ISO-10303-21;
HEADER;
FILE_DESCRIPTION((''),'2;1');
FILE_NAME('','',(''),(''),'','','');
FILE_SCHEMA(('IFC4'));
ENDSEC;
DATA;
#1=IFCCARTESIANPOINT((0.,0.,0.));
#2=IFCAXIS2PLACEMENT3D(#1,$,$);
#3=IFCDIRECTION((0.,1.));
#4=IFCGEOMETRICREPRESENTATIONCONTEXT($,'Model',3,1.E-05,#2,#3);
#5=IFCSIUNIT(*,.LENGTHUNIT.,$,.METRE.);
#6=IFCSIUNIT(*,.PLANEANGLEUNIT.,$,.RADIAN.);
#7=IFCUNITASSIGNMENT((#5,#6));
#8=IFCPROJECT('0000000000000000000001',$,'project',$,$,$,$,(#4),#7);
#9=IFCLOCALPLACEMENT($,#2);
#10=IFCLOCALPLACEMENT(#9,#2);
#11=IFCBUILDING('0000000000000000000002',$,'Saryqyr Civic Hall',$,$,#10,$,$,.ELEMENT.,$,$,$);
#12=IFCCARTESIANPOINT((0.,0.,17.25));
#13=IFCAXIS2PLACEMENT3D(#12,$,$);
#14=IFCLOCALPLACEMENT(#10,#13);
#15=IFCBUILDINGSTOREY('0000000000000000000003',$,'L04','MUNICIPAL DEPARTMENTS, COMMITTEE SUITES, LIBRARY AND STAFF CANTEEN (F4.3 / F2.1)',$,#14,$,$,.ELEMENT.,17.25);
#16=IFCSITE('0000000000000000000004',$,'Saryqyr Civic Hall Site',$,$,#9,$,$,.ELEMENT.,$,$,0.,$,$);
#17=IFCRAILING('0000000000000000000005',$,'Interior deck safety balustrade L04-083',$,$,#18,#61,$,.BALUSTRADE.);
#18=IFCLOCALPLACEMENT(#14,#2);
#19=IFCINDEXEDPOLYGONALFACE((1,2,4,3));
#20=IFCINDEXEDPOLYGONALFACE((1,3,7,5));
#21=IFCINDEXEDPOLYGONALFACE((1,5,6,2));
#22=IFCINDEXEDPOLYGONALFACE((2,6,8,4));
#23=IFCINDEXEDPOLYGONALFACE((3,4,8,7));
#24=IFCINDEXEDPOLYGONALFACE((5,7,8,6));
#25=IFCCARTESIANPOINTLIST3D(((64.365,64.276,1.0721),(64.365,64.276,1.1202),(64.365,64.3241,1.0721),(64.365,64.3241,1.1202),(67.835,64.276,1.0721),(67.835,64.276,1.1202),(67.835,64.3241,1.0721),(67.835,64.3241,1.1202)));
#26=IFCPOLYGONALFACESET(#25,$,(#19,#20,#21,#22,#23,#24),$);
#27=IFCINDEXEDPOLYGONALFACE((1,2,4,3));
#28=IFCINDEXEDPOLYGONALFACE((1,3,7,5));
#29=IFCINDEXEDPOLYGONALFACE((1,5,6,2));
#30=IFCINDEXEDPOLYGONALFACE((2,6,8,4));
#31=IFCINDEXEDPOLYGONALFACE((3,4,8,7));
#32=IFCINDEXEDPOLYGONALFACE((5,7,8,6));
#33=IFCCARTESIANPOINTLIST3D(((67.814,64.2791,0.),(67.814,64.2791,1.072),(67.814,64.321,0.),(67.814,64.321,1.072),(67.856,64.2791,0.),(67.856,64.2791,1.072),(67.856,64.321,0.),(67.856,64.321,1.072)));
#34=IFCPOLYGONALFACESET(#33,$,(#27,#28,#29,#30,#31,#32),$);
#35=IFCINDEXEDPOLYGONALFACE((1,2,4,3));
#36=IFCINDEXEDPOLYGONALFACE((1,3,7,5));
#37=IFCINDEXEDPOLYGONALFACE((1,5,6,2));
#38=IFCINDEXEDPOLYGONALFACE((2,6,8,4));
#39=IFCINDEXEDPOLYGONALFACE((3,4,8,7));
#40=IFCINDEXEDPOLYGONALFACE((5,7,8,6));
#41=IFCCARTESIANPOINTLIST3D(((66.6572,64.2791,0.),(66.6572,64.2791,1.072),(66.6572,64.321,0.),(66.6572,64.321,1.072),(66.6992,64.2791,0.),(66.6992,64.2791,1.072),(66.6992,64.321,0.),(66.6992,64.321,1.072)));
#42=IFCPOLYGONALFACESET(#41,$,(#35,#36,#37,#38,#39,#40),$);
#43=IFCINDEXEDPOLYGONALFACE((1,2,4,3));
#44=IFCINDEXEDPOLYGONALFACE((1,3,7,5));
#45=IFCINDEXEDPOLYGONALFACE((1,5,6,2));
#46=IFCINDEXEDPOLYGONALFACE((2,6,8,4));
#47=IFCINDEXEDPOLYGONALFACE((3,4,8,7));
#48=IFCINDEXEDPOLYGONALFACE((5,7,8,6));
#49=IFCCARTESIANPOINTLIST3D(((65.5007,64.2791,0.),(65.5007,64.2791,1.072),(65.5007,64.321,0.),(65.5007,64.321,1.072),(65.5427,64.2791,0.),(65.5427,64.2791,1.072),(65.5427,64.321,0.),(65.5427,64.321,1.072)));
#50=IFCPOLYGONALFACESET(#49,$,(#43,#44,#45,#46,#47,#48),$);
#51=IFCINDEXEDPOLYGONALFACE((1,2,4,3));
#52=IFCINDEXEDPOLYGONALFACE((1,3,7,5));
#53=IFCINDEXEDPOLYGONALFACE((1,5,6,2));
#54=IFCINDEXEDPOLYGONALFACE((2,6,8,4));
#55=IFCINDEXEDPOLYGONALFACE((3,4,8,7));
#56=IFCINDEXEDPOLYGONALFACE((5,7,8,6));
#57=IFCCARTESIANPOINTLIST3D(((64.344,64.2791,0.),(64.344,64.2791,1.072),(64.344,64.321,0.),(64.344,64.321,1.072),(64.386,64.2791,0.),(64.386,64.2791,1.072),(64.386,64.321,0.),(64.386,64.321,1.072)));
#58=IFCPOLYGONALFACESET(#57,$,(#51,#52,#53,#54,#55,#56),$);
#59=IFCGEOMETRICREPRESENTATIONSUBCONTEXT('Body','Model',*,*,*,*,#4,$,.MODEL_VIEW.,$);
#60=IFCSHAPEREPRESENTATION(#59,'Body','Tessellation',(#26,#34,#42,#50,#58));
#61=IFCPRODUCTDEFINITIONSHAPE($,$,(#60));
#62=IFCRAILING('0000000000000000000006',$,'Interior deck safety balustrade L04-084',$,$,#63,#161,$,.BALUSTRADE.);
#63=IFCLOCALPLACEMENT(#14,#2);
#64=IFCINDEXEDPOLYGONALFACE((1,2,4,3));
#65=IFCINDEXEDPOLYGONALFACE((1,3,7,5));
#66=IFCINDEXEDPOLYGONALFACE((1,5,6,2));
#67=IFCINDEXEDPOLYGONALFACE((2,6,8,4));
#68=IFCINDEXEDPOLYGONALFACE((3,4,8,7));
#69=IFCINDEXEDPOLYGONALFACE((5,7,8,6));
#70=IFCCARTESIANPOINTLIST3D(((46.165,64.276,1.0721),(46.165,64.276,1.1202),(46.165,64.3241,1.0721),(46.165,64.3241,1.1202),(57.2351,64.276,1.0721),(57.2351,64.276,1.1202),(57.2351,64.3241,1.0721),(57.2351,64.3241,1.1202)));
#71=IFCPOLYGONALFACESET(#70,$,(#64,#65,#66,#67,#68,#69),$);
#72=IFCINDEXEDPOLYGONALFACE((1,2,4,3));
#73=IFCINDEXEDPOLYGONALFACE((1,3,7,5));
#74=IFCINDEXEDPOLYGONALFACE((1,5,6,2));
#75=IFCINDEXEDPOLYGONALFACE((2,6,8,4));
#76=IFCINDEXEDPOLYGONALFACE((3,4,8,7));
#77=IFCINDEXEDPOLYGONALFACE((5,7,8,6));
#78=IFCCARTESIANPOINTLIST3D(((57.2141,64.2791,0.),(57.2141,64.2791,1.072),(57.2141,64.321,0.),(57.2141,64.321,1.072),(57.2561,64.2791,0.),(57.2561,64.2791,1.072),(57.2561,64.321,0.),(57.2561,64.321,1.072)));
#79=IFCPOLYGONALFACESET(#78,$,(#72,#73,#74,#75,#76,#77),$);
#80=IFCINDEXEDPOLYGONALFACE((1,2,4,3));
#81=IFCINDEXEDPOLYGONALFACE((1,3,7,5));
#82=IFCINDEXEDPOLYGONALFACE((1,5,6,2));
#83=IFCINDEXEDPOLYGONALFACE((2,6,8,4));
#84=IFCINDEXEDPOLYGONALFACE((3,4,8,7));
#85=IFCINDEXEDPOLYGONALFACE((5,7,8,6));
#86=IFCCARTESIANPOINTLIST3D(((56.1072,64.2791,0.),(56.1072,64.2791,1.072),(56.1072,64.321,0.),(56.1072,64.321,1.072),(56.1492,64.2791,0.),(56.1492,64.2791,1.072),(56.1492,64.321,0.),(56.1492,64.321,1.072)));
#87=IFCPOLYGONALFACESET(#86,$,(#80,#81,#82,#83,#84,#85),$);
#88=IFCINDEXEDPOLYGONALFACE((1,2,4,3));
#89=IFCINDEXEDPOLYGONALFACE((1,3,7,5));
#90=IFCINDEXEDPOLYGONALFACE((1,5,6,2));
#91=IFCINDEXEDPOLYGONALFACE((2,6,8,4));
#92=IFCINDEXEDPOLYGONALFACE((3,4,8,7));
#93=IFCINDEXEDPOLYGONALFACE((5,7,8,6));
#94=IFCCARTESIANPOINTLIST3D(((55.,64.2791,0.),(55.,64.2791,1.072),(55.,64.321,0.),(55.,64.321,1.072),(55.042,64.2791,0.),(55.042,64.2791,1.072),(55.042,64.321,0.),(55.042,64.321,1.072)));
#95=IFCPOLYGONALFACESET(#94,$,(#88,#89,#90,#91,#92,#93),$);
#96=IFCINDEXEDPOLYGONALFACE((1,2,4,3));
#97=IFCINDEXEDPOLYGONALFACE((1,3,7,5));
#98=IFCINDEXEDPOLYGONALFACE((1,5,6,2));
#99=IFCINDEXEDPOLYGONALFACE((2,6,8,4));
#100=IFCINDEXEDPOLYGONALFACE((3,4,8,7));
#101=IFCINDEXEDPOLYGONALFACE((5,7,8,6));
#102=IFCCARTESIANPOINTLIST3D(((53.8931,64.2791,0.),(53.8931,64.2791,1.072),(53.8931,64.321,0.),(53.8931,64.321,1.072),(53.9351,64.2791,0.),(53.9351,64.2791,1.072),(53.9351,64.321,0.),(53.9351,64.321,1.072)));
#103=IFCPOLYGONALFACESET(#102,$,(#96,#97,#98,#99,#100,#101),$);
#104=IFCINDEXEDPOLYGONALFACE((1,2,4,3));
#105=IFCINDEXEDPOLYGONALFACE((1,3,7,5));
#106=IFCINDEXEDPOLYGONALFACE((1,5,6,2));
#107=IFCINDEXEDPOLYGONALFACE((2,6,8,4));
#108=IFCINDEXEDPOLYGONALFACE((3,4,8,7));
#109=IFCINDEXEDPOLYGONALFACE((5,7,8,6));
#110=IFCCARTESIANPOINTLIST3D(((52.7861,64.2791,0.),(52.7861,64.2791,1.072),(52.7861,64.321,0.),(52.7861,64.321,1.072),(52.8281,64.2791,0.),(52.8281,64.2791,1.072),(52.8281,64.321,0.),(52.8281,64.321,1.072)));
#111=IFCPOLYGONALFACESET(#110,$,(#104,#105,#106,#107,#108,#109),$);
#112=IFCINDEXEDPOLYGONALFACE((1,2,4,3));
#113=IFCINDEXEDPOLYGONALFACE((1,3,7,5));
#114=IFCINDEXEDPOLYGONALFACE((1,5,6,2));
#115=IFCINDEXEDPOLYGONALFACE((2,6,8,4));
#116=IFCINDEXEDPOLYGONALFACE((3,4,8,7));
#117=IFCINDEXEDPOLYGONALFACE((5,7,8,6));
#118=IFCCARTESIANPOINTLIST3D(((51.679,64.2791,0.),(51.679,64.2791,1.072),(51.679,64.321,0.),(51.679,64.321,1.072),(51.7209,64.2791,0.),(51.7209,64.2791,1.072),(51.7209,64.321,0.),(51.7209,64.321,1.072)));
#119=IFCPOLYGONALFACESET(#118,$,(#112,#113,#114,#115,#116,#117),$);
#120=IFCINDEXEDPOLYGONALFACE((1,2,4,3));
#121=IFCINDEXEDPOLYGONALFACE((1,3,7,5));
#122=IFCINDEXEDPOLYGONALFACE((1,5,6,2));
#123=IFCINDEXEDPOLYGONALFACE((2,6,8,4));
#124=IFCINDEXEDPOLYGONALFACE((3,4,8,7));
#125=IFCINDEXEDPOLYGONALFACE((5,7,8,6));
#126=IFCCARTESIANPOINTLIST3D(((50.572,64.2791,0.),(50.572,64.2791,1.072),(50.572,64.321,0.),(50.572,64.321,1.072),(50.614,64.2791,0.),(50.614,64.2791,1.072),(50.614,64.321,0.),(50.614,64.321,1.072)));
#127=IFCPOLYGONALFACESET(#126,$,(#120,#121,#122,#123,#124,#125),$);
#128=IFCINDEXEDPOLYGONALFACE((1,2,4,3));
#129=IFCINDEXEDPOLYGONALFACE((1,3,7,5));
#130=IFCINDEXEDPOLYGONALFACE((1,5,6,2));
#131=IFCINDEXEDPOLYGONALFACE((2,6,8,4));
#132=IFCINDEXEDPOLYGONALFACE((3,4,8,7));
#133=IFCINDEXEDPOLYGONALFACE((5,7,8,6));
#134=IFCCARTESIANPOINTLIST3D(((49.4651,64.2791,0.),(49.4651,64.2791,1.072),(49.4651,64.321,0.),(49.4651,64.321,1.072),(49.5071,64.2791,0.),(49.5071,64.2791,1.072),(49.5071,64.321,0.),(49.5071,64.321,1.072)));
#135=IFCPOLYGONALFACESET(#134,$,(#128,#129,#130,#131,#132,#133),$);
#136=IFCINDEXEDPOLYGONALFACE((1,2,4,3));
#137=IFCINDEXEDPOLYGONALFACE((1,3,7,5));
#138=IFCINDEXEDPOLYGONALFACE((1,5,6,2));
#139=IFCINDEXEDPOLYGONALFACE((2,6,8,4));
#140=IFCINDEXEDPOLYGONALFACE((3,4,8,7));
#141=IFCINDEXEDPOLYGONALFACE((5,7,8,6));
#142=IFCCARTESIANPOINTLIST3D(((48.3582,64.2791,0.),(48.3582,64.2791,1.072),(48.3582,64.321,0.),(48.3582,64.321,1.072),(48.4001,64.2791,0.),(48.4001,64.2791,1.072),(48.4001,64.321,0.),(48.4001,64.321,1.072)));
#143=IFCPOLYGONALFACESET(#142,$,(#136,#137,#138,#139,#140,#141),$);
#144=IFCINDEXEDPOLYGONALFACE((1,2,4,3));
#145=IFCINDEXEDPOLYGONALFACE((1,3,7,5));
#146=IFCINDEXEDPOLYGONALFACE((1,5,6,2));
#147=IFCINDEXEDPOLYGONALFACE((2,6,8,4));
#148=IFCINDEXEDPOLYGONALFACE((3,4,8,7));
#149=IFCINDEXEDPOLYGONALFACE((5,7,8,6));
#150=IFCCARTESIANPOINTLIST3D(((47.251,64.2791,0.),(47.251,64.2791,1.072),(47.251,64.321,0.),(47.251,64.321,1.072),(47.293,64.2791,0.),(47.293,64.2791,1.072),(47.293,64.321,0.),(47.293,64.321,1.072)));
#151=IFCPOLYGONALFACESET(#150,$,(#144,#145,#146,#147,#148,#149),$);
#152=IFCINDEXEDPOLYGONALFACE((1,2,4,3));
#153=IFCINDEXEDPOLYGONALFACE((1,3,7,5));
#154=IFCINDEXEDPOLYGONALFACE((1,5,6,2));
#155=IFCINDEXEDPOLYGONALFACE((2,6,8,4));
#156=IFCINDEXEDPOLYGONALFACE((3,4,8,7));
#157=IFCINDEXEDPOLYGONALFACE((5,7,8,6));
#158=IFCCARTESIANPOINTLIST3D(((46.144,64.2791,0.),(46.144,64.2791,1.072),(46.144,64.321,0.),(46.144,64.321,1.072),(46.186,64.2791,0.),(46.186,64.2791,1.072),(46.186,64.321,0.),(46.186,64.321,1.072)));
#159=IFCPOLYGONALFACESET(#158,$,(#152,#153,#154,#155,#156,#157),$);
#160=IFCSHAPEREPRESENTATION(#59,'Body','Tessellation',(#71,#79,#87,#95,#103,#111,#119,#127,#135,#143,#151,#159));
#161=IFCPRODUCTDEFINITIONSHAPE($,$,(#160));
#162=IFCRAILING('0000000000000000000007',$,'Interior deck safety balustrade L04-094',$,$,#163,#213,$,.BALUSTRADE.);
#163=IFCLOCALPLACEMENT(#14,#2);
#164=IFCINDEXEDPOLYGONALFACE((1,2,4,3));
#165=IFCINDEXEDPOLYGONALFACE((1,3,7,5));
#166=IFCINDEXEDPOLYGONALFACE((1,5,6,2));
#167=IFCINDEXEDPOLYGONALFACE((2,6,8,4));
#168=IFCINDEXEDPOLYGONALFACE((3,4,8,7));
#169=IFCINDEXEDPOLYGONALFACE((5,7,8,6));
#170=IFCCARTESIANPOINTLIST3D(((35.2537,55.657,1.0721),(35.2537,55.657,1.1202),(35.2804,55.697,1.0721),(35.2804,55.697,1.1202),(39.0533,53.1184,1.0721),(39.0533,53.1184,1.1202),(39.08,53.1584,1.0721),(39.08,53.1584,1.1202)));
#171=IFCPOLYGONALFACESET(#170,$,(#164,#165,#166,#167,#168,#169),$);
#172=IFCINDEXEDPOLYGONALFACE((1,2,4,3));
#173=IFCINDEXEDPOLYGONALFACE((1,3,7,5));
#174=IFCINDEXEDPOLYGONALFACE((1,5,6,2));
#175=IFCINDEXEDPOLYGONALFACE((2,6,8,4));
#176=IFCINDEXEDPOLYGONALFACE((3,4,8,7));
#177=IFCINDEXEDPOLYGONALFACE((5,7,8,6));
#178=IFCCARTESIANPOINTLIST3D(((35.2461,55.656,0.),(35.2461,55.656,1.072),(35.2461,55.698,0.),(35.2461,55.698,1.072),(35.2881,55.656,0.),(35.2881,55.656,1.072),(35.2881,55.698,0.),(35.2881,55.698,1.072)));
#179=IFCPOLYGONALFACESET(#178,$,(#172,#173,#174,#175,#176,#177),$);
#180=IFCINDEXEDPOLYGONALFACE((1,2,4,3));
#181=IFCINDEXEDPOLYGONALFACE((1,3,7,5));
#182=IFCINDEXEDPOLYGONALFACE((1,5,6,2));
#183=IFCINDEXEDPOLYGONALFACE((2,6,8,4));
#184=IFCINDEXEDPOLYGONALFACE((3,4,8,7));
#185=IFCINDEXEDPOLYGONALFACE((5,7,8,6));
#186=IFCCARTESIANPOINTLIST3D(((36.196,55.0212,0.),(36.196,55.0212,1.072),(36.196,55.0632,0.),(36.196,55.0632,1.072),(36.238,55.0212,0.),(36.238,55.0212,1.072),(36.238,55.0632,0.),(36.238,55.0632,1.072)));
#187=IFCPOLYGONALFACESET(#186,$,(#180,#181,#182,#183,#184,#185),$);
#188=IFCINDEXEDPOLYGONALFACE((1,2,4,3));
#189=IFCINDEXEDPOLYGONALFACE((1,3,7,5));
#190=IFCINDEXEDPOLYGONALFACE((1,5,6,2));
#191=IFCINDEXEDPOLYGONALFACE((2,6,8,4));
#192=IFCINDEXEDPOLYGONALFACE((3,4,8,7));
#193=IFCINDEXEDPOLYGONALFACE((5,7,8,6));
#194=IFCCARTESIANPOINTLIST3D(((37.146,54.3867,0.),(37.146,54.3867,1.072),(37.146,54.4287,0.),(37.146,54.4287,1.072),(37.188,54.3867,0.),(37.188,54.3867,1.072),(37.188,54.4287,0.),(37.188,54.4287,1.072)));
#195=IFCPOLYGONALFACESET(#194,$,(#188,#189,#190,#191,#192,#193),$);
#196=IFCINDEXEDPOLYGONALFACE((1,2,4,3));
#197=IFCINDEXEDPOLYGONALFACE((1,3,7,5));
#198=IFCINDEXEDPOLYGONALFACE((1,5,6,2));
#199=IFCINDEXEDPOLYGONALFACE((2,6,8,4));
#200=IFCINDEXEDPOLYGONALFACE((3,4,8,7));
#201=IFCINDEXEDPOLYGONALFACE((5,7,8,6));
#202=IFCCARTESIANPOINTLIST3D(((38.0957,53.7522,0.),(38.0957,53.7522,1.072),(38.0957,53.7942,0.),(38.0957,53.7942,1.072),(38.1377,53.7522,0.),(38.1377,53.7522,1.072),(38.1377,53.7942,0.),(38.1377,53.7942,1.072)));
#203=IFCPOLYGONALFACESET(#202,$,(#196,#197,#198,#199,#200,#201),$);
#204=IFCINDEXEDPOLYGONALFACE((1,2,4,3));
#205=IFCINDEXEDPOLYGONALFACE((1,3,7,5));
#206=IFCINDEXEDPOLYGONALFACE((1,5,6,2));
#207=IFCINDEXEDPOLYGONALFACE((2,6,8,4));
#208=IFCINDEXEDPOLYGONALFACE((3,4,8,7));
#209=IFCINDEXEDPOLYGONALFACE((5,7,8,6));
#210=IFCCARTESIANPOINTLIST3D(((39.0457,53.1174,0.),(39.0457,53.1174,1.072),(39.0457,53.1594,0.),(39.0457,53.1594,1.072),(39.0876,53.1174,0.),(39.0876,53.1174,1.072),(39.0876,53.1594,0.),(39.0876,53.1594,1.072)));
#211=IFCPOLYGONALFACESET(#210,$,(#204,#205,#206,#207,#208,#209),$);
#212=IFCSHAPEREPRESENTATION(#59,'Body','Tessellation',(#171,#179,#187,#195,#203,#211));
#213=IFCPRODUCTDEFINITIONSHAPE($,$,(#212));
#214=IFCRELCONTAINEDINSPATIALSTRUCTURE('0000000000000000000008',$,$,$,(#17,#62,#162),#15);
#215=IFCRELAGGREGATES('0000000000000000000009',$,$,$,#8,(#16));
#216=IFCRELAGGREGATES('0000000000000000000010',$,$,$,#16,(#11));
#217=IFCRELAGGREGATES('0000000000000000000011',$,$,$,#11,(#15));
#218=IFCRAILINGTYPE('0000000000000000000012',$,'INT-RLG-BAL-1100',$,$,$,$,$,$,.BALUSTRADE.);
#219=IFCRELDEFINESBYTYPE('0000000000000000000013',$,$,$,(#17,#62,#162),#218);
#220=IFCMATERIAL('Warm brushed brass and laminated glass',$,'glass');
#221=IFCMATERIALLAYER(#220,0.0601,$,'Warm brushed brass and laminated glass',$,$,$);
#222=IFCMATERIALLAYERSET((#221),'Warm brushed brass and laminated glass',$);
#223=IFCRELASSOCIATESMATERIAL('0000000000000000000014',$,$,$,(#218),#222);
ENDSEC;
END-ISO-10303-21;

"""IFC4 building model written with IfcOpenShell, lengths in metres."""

from ifc_helpers import new_model, si_unit, direction, frame, origin, origin_2d, place, context, subcontext, project, spatial, rectangle, extrude, material, layer, layer_set, type_object, element, save


model = new_model("IFC4")

# Units and contexts
model_context = context("Model", 3, precision=1e-05, world=origin(), true_north=direction((0.0, 1.0)))
body_context = subcontext(model_context, "Body", "Model", "MODEL_VIEW")
ifc_project = project(units=[si_unit("LENGTHUNIT", "METRE"), si_unit("PLANEANGLEUNIT", "RADIAN")], contexts=[model_context])

# Site, building, storey
site_placement = place(None, origin())
site = spatial("IfcSite", under=ifc_project, at=site_placement, Name="Saryqyr Civic Hall Site", CompositionType="ELEMENT", RefElevation=0.0)
building_placement = place(site_placement, origin())
building = spatial("IfcBuilding", under=site, at=building_placement, Name="Saryqyr Civic Hall", CompositionType="ELEMENT")
storey_placement = place(building_placement, frame((0.0, 0.0, 17.25)))
storey = spatial("IfcBuildingStorey", under=building, at=storey_placement, Name="L04", Description="MUNICIPAL DEPARTMENTS, COMMITTEE SUITES, LIBRARY AND STAFF CANTEEN (F4.3 / F2.1)", CompositionType="ELEMENT", Elevation=17.25)

# Railings
ifc_material_1 = material(Name="Warm brushed brass and laminated glass", Category="glass")
ifc_layer_1 = layer(ifc_material_1, 0.0601, Name="Warm brushed brass and laminated glass")
ifc_layer_set_1 = layer_set([ifc_layer_1], Name="Warm brushed brass and laminated glass")
railing_type_1 = type_object("IfcRailingType", Name="INT-RLG-BAL-1100", PredefinedType="BALUSTRADE", material=ifc_layer_set_1)
railing_1_placement = place(storey_placement, frame((67.835, 64.3, 0.0)))
element("IfcRailing", 1, at=railing_1_placement, inside=storey, type_object=railing_type_1, Name="Interior deck safety balustrade L04-083", PredefinedType="BALUSTRADE", context=body_context, shape_type="SweptSolid", body=[
    extrude(rectangle(XDim=0.0481, YDim=0.0481, at=origin_2d()), frame((0.0, 0.0, 1.0962), z_axis=(-1.0, 0.0, 0.0), x_axis=(0.0, -1.0, 0.0)), (0.0, 0.0, 1.0), 3.47),
    extrude(rectangle(XDim=0.042, YDim=0.042, at=origin_2d()), origin(), (0.0, 0.0, 1.0), 1.072),
    extrude(rectangle(XDim=0.042, YDim=0.042, at=origin_2d()), frame((-1.1567, 0.0, 0.0)), (0.0, 0.0, 1.0), 1.072),
    extrude(rectangle(XDim=0.042, YDim=0.042, at=origin_2d()), frame((-2.3132, 0.0, 0.0)), (0.0, 0.0, 1.0), 1.072),
    extrude(rectangle(XDim=0.042, YDim=0.042, at=origin_2d()), frame((-3.47, 0.0, 0.0)), (0.0, 0.0, 1.0), 1.072),
])
railing_2_placement = place(storey_placement, frame((57.2351, 64.3, 0.0)))
element("IfcRailing", 2, at=railing_2_placement, inside=storey, type_object=railing_type_1, Name="Interior deck safety balustrade L04-084", PredefinedType="BALUSTRADE", context=body_context, shape_type="SweptSolid", body=[
    extrude(rectangle(XDim=0.0481, YDim=0.0481, at=origin_2d()), frame((0.0, 0.0, 1.0962), z_axis=(-1.0, 0.0, 0.0), x_axis=(0.0, -1.0, 0.0)), (0.0, 0.0, 1.0), 11.0701),
    extrude(rectangle(XDim=0.042, YDim=0.042, at=origin_2d()), origin(), (0.0, 0.0, 1.0), 1.072),
    extrude(rectangle(XDim=0.042, YDim=0.042, at=origin_2d()), frame((-1.1069, 0.0, 0.0)), (0.0, 0.0, 1.0), 1.072),
    extrude(rectangle(XDim=0.042, YDim=0.042, at=origin_2d()), frame((-2.2141, 0.0, 0.0)), (0.0, 0.0, 1.0), 1.072),
    extrude(rectangle(XDim=0.042, YDim=0.042, at=origin_2d()), frame((-3.321, 0.0, 0.0)), (0.0, 0.0, 1.0), 1.072),
    extrude(rectangle(XDim=0.042, YDim=0.042, at=origin_2d()), frame((-4.428, 0.0, 0.0)), (0.0, 0.0, 1.0), 1.072),
    extrude(rectangle(XDim=0.042, YDim=0.042, at=origin_2d()), frame((-5.5352, 0.0, 0.0)), (0.0, 0.0, 1.0), 1.072),
    extrude(rectangle(XDim=0.042, YDim=0.042, at=origin_2d()), frame((-6.6421, 0.0, 0.0)), (0.0, 0.0, 1.0), 1.072),
    extrude(rectangle(XDim=0.042, YDim=0.042, at=origin_2d()), frame((-7.749, 0.0, 0.0)), (0.0, 0.0, 1.0), 1.072),
    extrude(rectangle(XDim=0.042, YDim=0.042, at=origin_2d()), frame((-8.856, 0.0, 0.0)), (0.0, 0.0, 1.0), 1.072),
    extrude(rectangle(XDim=0.042, YDim=0.042, at=origin_2d()), frame((-9.9631, 0.0, 0.0)), (0.0, 0.0, 1.0), 1.072),
    extrude(rectangle(XDim=0.042, YDim=0.042, at=origin_2d()), frame((-11.0701, 0.0, 0.0)), (0.0, 0.0, 1.0), 1.072),
])
railing_3_placement = place(storey_placement, frame((35.2671, 55.677, 0.0)))
element("IfcRailing", 3, at=railing_3_placement, inside=storey, type_object=railing_type_1, Name="Interior deck safety balustrade L04-094", PredefinedType="BALUSTRADE", context=body_context, shape_type="SweptSolid", body=[
    extrude(rectangle(XDim=0.0481, YDim=0.0481, at=origin_2d()), frame((0.0, 0.0, 1.0962), z_axis=(0.831491, -0.555538, 0.0), x_axis=(0.555538, 0.831491, 0.0)), (0.0, 0.0, 1.0), 4.5696),
    extrude(rectangle(XDim=0.042, YDim=0.042, at=origin_2d()), origin(), (0.0, 0.0, 1.0), 1.072),
    extrude(rectangle(XDim=0.042, YDim=0.042, at=origin_2d()), frame((0.95, -0.6348, 0.0)), (0.0, 0.0, 1.0), 1.072),
    extrude(rectangle(XDim=0.042, YDim=0.042, at=origin_2d()), frame((1.8999, -1.2693, 0.0)), (0.0, 0.0, 1.0), 1.072),
    extrude(rectangle(XDim=0.042, YDim=0.042, at=origin_2d()), frame((2.8496, -1.9038, 0.0)), (0.0, 0.0, 1.0), 1.072),
    extrude(rectangle(XDim=0.042, YDim=0.042, at=origin_2d()), frame((3.7996, -2.5386, 0.0)), (0.0, 0.0, 1.0), 1.072),
])

save(model, "model.ifc")
